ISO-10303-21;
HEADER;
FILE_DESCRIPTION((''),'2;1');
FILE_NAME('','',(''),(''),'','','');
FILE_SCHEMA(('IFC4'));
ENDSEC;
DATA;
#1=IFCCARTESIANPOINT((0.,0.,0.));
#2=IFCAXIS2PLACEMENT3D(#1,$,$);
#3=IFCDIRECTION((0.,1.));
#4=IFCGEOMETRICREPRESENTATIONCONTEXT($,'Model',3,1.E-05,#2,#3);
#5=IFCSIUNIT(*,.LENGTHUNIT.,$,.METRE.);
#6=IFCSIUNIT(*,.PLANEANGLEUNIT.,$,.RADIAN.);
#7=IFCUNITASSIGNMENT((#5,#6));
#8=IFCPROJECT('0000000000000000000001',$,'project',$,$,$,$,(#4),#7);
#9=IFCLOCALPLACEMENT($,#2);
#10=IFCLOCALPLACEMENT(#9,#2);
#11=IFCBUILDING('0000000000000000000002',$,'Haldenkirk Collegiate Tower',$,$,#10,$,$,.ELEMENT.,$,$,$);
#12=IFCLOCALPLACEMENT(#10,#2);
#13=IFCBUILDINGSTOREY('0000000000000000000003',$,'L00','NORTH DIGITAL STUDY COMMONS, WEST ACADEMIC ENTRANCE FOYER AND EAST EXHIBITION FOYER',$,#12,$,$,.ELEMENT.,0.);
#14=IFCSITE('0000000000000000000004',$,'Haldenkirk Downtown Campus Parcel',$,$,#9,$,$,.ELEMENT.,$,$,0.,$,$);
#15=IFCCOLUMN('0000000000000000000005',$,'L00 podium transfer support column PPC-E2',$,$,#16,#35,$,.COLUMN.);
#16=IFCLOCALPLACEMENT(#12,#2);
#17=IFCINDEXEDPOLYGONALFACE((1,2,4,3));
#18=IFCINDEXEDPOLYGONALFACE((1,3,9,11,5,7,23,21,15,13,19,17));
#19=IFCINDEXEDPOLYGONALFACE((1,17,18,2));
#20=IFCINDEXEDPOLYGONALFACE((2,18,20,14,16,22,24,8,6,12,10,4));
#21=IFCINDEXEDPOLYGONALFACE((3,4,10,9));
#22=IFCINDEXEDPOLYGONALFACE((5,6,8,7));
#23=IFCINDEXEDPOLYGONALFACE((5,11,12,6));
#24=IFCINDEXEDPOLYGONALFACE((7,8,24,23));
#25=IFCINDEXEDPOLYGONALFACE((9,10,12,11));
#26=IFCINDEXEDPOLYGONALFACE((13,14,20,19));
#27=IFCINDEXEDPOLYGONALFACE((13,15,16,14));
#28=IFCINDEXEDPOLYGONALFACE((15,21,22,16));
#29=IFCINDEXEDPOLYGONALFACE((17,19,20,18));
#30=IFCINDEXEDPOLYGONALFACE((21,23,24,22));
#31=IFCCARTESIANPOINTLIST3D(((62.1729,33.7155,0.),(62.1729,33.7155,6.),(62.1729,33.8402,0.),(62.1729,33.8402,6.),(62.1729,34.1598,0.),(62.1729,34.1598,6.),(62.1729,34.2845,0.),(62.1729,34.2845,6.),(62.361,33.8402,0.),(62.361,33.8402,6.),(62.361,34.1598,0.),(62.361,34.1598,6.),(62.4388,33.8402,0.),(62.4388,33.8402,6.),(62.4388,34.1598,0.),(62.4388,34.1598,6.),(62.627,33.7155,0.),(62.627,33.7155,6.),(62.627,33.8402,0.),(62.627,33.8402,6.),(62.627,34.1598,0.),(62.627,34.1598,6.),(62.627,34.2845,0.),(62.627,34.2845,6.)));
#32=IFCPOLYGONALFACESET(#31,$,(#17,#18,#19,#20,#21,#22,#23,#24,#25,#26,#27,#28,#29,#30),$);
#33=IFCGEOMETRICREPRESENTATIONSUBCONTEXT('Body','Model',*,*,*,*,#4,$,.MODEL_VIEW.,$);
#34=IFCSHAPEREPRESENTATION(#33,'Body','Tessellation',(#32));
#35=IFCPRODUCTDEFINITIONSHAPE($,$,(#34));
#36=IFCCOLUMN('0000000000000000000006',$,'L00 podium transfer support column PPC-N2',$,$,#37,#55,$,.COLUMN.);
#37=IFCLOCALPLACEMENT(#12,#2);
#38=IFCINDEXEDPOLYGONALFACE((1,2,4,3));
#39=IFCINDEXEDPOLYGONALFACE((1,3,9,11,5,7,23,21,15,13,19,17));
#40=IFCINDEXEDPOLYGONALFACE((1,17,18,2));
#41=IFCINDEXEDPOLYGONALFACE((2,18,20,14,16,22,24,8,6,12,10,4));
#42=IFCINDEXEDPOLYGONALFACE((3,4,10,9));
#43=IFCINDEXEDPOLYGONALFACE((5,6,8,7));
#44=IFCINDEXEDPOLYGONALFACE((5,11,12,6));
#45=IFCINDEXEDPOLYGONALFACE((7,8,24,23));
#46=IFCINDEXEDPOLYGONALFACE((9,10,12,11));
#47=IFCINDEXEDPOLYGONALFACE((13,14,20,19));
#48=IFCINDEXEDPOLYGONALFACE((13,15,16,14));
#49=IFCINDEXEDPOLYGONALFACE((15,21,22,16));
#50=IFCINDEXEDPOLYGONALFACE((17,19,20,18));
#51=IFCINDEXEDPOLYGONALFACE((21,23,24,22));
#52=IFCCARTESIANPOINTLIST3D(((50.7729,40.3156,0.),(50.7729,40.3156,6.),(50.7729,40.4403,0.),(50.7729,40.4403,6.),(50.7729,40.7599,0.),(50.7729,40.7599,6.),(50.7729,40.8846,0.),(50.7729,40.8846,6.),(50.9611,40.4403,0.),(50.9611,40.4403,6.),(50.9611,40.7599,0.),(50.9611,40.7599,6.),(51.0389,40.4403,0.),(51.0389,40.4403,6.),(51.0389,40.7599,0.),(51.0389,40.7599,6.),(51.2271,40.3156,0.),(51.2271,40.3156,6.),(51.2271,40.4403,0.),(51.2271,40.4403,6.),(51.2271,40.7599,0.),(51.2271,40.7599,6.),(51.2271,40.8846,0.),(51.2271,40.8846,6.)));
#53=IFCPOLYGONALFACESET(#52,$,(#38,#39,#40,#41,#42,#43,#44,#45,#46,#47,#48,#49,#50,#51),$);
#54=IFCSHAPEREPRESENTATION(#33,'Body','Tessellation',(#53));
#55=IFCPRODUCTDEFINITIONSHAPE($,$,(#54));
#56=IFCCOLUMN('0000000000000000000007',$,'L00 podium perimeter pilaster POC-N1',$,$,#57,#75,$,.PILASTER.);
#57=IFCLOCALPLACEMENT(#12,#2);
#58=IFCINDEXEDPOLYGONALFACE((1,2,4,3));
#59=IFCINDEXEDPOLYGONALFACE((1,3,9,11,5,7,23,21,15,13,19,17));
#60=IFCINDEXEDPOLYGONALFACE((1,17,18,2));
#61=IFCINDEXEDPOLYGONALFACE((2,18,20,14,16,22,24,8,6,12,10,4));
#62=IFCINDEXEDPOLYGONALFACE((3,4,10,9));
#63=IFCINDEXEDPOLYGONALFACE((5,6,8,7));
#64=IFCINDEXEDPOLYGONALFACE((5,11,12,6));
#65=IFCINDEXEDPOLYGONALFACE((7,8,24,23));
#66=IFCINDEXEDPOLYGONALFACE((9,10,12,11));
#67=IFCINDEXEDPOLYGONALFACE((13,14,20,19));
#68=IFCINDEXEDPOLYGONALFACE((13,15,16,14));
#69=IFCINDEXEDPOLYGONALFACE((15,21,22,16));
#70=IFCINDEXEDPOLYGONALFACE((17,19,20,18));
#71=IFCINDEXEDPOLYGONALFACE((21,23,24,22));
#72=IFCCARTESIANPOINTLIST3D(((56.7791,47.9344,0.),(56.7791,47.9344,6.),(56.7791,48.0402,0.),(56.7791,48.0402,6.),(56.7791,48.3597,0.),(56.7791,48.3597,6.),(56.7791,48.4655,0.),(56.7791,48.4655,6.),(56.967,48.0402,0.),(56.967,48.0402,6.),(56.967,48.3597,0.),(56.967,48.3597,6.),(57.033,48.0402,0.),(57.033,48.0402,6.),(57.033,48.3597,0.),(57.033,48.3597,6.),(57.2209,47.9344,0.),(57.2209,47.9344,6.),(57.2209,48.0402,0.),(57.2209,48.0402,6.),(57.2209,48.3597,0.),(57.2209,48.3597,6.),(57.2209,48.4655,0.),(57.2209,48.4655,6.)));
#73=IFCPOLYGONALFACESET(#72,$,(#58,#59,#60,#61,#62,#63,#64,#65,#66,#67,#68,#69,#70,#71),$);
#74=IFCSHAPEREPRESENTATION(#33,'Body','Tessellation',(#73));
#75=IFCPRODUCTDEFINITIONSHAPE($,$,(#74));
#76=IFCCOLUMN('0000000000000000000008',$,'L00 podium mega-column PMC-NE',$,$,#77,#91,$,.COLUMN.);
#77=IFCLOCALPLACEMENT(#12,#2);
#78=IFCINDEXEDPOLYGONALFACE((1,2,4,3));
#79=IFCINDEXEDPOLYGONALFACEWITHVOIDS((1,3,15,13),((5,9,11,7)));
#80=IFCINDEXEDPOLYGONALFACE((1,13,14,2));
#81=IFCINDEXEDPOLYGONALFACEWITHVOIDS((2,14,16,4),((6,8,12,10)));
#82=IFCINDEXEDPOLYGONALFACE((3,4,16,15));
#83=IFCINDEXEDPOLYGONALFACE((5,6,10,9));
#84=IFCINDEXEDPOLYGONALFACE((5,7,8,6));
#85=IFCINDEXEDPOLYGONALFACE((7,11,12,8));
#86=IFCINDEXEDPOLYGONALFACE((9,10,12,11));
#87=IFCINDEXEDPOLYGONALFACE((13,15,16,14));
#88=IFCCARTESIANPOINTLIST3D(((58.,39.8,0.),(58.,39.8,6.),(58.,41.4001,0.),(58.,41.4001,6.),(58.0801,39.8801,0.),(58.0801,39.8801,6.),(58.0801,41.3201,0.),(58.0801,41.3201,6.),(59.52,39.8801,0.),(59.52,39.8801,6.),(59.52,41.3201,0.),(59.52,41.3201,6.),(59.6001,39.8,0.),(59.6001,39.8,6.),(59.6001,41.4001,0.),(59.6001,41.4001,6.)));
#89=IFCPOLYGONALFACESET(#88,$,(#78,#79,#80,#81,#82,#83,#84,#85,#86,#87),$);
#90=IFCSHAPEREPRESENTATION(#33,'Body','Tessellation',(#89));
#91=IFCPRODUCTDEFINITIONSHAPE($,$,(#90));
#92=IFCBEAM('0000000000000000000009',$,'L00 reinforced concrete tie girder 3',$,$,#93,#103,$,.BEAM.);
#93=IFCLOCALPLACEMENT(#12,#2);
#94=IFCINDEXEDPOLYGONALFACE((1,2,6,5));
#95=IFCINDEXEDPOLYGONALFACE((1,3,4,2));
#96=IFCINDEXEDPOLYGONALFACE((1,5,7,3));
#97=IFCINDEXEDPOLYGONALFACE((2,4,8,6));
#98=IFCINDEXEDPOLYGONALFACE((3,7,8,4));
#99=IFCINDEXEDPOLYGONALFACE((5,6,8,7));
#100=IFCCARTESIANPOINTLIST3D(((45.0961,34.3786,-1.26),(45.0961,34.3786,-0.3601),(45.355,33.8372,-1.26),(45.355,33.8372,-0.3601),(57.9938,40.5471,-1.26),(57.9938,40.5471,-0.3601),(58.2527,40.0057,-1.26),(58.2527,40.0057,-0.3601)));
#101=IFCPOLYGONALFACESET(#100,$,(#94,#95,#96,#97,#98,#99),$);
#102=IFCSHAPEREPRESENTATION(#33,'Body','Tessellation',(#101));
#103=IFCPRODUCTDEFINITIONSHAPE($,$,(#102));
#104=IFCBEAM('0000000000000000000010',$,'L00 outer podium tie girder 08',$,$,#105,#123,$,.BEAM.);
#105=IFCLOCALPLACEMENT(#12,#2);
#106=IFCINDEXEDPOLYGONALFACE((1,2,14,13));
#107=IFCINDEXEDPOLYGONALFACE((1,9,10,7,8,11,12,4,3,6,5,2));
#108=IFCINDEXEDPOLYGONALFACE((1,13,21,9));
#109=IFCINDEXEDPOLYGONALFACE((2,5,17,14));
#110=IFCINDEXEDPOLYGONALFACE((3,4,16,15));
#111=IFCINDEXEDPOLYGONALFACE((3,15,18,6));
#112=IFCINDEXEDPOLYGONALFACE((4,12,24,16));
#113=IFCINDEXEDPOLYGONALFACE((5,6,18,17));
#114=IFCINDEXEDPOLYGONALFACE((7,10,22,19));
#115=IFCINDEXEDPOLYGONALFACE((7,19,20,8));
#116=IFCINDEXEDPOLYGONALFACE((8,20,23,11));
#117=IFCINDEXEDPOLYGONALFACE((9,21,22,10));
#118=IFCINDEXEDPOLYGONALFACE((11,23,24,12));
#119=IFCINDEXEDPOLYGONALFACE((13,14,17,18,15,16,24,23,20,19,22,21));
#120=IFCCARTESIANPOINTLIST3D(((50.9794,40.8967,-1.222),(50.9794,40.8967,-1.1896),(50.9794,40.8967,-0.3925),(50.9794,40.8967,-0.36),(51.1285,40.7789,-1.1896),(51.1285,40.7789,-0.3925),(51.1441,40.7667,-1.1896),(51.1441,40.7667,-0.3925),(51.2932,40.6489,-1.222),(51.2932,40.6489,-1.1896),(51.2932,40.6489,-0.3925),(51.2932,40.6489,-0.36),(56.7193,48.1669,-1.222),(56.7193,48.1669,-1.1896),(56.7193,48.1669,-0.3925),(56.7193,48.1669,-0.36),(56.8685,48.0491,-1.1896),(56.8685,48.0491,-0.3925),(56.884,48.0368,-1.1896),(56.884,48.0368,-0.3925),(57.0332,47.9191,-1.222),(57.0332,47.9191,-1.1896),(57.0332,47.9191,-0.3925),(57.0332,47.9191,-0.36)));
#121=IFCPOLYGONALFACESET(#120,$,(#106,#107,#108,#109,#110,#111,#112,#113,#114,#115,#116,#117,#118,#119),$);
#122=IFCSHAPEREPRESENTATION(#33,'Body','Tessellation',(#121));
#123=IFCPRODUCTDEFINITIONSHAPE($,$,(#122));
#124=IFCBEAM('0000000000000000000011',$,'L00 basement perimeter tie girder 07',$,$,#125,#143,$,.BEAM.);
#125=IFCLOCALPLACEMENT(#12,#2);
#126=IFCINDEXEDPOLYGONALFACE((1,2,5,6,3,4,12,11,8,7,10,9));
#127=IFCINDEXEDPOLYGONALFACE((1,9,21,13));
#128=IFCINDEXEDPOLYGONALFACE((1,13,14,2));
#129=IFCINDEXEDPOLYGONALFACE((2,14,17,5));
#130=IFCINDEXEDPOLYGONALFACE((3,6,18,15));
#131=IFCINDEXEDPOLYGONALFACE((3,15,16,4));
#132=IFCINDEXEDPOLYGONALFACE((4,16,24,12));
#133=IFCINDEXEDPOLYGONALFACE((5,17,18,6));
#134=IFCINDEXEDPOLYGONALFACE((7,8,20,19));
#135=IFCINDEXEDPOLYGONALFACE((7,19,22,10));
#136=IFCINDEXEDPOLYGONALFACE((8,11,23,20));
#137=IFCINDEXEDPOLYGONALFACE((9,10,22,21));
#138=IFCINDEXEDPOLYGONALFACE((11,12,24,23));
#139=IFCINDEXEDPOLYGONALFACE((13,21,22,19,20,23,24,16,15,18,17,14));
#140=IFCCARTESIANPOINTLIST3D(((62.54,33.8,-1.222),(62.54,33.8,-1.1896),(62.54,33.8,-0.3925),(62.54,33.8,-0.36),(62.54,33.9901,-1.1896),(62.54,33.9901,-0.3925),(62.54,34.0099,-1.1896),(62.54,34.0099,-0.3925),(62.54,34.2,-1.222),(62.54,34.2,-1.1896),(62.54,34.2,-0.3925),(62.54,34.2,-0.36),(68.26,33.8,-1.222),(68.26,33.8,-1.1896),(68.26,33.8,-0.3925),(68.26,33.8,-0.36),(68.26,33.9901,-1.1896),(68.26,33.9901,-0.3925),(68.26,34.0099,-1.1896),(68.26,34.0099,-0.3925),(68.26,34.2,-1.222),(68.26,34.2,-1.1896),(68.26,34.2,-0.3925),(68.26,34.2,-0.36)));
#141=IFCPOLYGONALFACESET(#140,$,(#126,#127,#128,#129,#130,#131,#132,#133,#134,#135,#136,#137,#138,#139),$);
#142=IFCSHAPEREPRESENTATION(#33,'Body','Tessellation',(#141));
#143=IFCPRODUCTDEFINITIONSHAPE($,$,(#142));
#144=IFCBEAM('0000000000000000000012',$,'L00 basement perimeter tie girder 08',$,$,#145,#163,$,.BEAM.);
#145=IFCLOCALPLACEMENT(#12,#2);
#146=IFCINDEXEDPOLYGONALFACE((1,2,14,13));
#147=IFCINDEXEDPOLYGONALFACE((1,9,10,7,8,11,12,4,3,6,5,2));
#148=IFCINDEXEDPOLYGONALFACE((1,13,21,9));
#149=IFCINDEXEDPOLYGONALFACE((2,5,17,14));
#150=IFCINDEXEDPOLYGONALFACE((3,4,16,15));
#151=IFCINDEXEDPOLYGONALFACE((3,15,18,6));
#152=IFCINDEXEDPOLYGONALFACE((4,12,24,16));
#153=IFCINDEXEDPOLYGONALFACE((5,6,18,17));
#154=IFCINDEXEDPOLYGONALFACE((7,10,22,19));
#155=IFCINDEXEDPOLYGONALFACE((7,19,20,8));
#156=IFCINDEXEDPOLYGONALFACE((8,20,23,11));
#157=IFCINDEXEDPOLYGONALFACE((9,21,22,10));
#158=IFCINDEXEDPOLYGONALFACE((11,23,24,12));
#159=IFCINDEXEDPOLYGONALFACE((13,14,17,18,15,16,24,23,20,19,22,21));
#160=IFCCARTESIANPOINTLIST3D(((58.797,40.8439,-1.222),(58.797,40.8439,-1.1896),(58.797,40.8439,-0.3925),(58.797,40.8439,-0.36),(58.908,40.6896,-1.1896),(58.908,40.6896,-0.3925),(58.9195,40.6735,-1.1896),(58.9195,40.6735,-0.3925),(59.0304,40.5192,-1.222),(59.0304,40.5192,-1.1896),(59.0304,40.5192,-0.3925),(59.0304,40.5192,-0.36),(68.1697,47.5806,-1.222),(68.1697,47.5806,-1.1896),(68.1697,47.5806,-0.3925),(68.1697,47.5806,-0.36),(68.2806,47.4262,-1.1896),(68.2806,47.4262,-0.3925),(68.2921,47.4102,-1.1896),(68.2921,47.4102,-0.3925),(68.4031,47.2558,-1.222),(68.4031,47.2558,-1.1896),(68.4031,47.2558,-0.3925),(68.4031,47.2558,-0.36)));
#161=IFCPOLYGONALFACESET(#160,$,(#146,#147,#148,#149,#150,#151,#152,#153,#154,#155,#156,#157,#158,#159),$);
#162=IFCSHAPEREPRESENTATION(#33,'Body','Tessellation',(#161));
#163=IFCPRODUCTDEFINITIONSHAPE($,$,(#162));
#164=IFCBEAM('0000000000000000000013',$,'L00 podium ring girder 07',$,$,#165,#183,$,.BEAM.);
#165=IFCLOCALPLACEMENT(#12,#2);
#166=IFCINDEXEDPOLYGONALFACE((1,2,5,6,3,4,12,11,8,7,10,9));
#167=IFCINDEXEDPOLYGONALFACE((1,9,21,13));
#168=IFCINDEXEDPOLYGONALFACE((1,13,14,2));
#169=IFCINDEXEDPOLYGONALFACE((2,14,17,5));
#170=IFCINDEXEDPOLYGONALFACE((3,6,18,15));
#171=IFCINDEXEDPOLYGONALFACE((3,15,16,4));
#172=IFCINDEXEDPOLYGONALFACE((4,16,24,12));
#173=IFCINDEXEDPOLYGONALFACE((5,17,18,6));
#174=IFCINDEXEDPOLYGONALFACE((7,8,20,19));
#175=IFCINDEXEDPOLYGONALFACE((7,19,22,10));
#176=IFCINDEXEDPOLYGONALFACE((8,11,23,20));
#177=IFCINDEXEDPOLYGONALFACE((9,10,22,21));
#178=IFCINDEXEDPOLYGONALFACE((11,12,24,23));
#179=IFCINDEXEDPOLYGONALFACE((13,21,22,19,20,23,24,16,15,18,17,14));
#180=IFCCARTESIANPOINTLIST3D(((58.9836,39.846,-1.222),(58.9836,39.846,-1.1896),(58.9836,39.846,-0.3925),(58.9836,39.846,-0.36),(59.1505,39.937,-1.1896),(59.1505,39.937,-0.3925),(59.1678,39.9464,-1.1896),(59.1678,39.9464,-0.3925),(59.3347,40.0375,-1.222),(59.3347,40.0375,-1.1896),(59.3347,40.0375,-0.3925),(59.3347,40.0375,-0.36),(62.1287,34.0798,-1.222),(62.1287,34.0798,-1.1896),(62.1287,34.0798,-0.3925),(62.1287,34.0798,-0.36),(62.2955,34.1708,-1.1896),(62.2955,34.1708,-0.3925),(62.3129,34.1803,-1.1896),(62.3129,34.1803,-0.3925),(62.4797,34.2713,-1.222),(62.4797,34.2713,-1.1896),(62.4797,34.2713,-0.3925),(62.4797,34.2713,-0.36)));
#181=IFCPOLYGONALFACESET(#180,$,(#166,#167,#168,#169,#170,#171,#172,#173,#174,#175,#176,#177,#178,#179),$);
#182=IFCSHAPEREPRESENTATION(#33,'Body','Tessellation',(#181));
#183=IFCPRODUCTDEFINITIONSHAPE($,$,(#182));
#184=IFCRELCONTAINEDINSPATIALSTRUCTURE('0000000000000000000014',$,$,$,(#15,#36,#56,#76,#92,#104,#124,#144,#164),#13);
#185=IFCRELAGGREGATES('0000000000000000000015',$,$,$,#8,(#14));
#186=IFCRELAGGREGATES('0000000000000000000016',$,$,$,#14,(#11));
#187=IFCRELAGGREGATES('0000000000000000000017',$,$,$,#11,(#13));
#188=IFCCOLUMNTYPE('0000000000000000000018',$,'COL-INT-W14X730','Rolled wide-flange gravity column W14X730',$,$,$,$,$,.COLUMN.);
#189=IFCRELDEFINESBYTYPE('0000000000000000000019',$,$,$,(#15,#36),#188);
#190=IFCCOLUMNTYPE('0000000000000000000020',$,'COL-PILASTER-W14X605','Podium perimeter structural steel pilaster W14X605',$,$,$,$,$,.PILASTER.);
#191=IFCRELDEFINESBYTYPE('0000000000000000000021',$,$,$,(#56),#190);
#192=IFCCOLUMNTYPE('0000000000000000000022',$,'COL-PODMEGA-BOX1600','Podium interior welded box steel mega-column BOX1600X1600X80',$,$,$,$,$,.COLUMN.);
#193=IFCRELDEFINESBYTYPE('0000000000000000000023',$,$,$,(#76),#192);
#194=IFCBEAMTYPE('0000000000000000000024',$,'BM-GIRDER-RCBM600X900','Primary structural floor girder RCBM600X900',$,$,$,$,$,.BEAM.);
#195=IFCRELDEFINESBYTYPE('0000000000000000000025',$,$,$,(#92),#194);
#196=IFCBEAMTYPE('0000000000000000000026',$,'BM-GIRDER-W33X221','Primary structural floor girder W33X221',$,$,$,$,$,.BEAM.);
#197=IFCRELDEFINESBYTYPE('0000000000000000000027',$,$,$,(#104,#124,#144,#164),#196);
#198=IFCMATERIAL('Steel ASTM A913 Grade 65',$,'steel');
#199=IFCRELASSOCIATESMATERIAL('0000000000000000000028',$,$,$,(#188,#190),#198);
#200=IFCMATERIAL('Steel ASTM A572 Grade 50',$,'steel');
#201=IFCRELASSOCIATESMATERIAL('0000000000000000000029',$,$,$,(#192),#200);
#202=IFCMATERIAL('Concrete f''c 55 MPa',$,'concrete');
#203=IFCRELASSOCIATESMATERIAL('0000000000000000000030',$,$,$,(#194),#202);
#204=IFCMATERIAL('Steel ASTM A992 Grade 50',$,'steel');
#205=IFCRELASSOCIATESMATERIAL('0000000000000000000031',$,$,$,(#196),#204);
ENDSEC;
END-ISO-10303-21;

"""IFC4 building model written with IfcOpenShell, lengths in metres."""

from ifc_helpers import new_model, si_unit, direction, frame, origin, origin_2d, place, context, subcontext, project, spatial, rectangle, hollow_rectangle, i_section, extrude, material, material_profile, profile_set, type_object, element, save


model = new_model("IFC4")

# Units and contexts
model_context = context("Model", 3, precision=1e-05, world=origin(), true_north=direction((0.0, 1.0)))
body_context = subcontext(model_context, "Body", "Model", "MODEL_VIEW")
ifc_project = project(units=[si_unit("LENGTHUNIT", "METRE"), si_unit("PLANEANGLEUNIT", "RADIAN")], contexts=[model_context])

# Site, building, storey
site_placement = place(None, origin())
site = spatial("IfcSite", under=ifc_project, at=site_placement, Name="Haldenkirk Downtown Campus Parcel", CompositionType="ELEMENT", RefElevation=0.0)
building_placement = place(site_placement, origin())
building = spatial("IfcBuilding", under=site, at=building_placement, Name="Haldenkirk Collegiate Tower", CompositionType="ELEMENT")
storey_placement = place(building_placement, origin())
storey = spatial("IfcBuildingStorey", under=building, at=storey_placement, Name="L00", Description="NORTH DIGITAL STUDY COMMONS, WEST ACADEMIC ENTRANCE FOYER AND EAST EXHIBITION FOYER", CompositionType="ELEMENT", Elevation=0.0)

# Columns
ifc_material_1 = material(Name="Steel ASTM A913 Grade 65", Category="steel")
ifc_material_profile_1 = material_profile(ifc_material_1, i_section(OverallWidth=0.4541, OverallDepth=0.5691, WebThickness=0.0779, FlangeThickness=0.1248, at=origin_2d()), Name="W14X730")
ifc_profile_set_1 = profile_set([ifc_material_profile_1], Name="Steel ASTM A913 Grade 65")
column_type_1 = type_object("IfcColumnType", Name="COL-INT-W14X730", Description="Rolled wide-flange gravity column W14X730", PredefinedType="COLUMN", material=ifc_profile_set_1)
for number, where, z_axis, x_axis, name in (
    (1, (62.3999, 34.0, 0.0), (0.0, 0.0, 1.0), (1.0, 0.0, 0.0), "L00 podium transfer support column PPC-E2"),
    (2, (51.0, 40.6001, 0.0), (0.0, 0.0, 1.0), (1.0, 0.0, 0.0), "L00 podium transfer support column PPC-N2"),
):
    element("IfcColumn", number, at=place(storey_placement, frame(where, z_axis=z_axis, x_axis=x_axis)), inside=storey, type_object=column_type_1, Name=name, PredefinedType="COLUMN", context=body_context, shape_type="SweptSolid", body=[
        extrude(i_section(OverallWidth=0.4541, OverallDepth=0.5691, WebThickness=0.0779, FlangeThickness=0.1248, at=origin_2d()), origin(), (0.0, 0.0, 1.0), 6.0),
    ])
ifc_material_profile_2 = material_profile(ifc_material_1, i_section(OverallWidth=0.4419, OverallDepth=0.531, WebThickness=0.0659, FlangeThickness=0.1057, at=origin_2d()), Name="W14X605")
ifc_profile_set_2 = profile_set([ifc_material_profile_2], Name="Steel ASTM A913 Grade 65")
column_type_2 = type_object("IfcColumnType", Name="COL-PILASTER-W14X605", Description="Podium perimeter structural steel pilaster W14X605", PredefinedType="PILASTER", material=ifc_profile_set_2)
column_1_placement = place(storey_placement, frame((57.0, 48.2, 0.0), z_axis=(0.0, 0.0, 1.0), x_axis=(1.0, 0.0, 0.0)))
element("IfcColumn", 3, at=column_1_placement, inside=storey, type_object=column_type_2, Name="L00 podium perimeter pilaster POC-N1", PredefinedType="PILASTER", context=body_context, shape_type="SweptSolid", body=[
    extrude(i_section(OverallWidth=0.4419, OverallDepth=0.531, WebThickness=0.0659, FlangeThickness=0.1057, at=origin_2d()), origin(), (0.0, 0.0, 1.0), 6.0),
])
ifc_material_2 = material(Name="Steel ASTM A572 Grade 50", Category="steel")
ifc_material_profile_3 = material_profile(ifc_material_2, hollow_rectangle(XDim=1.6001, YDim=1.6001, WallThickness=0.0801, at=origin_2d()), Name="BOX1600X1600X80")
ifc_profile_set_3 = profile_set([ifc_material_profile_3], Name="Steel ASTM A572 Grade 50")
column_type_3 = type_object("IfcColumnType", Name="COL-PODMEGA-BOX1600", Description="Podium interior welded box steel mega-column BOX1600X1600X80", PredefinedType="COLUMN", material=ifc_profile_set_3)
column_2_placement = place(storey_placement, frame((58.8, 40.6001, 0.0), z_axis=(0.0, 0.0, 1.0), x_axis=(1.0, 0.0, 0.0)))
element("IfcColumn", 4, at=column_2_placement, inside=storey, type_object=column_type_3, Name="L00 podium mega-column PMC-NE", PredefinedType="COLUMN", context=body_context, shape_type="SweptSolid", body=[
    extrude(hollow_rectangle(XDim=1.6001, YDim=1.6001, WallThickness=0.0801, at=origin_2d()), origin(), (0.0, 0.0, 1.0), 6.0),
])

# Beams
ifc_material_3 = material(Name="Concrete f'c 55 MPa", Category="concrete")
ifc_material_profile_4 = material_profile(ifc_material_3, rectangle(XDim=0.6001, YDim=0.8999, at=origin_2d()), Name="RCBM600X900")
ifc_profile_set_4 = profile_set([ifc_material_profile_4], Name="Concrete f'c 55 MPa")
beam_type_1 = type_object("IfcBeamType", Name="BM-GIRDER-RCBM600X900", Description="Primary structural floor girder RCBM600X900", PredefinedType="BEAM", material=ifc_profile_set_4)
beam_1_placement = place(storey_placement, frame((58.1233, 40.2764, -0.8101), z_axis=(-0.902135, -0.431455, 0.0), x_axis=(0.431455, -0.902135, 0.0)))
element("IfcBeam", 5, at=beam_1_placement, inside=storey, type_object=beam_type_1, Name="L00 reinforced concrete tie girder 3", PredefinedType="BEAM", context=body_context, shape_type="SweptSolid", body=[
    extrude(rectangle(XDim=0.6001, YDim=0.8999, at=origin_2d()), origin(), (0.0, 0.0, 1.0), 14.2969),
])
ifc_material_4 = material(Name="Steel ASTM A992 Grade 50", Category="steel")
ifc_material_profile_5 = material_profile(ifc_material_4, i_section(OverallWidth=0.3999, OverallDepth=0.8621, WebThickness=0.0198, FlangeThickness=0.0325, at=origin_2d()), Name="W33X221")
ifc_profile_set_5 = profile_set([ifc_material_profile_5], Name="Steel ASTM A992 Grade 50")
beam_type_2 = type_object("IfcBeamType", Name="BM-GIRDER-W33X221", Description="Primary structural floor girder W33X221", PredefinedType="BEAM", material=ifc_profile_set_5)
beam_2_placement = place(storey_placement, frame((56.8762, 48.043, -0.791), z_axis=(-0.619665, -0.784867, 0.0), x_axis=(0.784867, -0.619665, 0.0)))
element("IfcBeam", 6, at=beam_2_placement, inside=storey, type_object=beam_type_2, Name="L00 outer podium tie girder 08", PredefinedType="BEAM", context=body_context, shape_type="SweptSolid", body=[
    extrude(i_section(OverallWidth=0.3999, OverallDepth=0.8621, WebThickness=0.0198, FlangeThickness=0.0325, at=origin_2d()), origin(), (0.0, 0.0, 1.0), 9.2629),
])
beam_3_placement = place(storey_placement, frame((68.26, 34.0, -0.791), z_axis=(-1.0, 0.0, 0.0), x_axis=(0.0, -1.0, 0.0)))
element("IfcBeam", 7, at=beam_3_placement, inside=storey, type_object=beam_type_2, Name="L00 basement perimeter tie girder 07", PredefinedType="BEAM", context=body_context, shape_type="SweptSolid", body=[
    extrude(i_section(OverallWidth=0.3999, OverallDepth=0.8621, WebThickness=0.0198, FlangeThickness=0.0325, at=origin_2d()), origin(), (0.0, 0.0, 1.0), 5.72),
])
beam_4_placement = place(storey_placement, frame((68.2864, 47.4182, -0.791), z_axis=(-0.812013, -0.583639, 0.0), x_axis=(0.583639, -0.812013, 0.0)))
element("IfcBeam", 8, at=beam_4_placement, inside=storey, type_object=beam_type_2, Name="L00 basement perimeter tie girder 08", PredefinedType="BEAM", context=body_context, shape_type="SweptSolid", body=[
    extrude(i_section(OverallWidth=0.3999, OverallDepth=0.8621, WebThickness=0.0198, FlangeThickness=0.0325, at=origin_2d()), origin(), (0.0, 0.0, 1.0), 11.5425),
])
beam_5_placement = place(storey_placement, frame((62.3042, 34.1755, -0.791), z_axis=(-0.478837, 0.877904, 0.0), x_axis=(-0.877904, -0.478837, 0.0)))
element("IfcBeam", 9, at=beam_5_placement, inside=storey, type_object=beam_type_2, Name="L00 podium ring girder 07", PredefinedType="BEAM", context=body_context, shape_type="SweptSolid", body=[
    extrude(i_section(OverallWidth=0.3999, OverallDepth=0.8621, WebThickness=0.0198, FlangeThickness=0.0325, at=origin_2d()), origin(), (0.0, 0.0, 1.0), 6.5681),
])

save(model, "model.ifc")
